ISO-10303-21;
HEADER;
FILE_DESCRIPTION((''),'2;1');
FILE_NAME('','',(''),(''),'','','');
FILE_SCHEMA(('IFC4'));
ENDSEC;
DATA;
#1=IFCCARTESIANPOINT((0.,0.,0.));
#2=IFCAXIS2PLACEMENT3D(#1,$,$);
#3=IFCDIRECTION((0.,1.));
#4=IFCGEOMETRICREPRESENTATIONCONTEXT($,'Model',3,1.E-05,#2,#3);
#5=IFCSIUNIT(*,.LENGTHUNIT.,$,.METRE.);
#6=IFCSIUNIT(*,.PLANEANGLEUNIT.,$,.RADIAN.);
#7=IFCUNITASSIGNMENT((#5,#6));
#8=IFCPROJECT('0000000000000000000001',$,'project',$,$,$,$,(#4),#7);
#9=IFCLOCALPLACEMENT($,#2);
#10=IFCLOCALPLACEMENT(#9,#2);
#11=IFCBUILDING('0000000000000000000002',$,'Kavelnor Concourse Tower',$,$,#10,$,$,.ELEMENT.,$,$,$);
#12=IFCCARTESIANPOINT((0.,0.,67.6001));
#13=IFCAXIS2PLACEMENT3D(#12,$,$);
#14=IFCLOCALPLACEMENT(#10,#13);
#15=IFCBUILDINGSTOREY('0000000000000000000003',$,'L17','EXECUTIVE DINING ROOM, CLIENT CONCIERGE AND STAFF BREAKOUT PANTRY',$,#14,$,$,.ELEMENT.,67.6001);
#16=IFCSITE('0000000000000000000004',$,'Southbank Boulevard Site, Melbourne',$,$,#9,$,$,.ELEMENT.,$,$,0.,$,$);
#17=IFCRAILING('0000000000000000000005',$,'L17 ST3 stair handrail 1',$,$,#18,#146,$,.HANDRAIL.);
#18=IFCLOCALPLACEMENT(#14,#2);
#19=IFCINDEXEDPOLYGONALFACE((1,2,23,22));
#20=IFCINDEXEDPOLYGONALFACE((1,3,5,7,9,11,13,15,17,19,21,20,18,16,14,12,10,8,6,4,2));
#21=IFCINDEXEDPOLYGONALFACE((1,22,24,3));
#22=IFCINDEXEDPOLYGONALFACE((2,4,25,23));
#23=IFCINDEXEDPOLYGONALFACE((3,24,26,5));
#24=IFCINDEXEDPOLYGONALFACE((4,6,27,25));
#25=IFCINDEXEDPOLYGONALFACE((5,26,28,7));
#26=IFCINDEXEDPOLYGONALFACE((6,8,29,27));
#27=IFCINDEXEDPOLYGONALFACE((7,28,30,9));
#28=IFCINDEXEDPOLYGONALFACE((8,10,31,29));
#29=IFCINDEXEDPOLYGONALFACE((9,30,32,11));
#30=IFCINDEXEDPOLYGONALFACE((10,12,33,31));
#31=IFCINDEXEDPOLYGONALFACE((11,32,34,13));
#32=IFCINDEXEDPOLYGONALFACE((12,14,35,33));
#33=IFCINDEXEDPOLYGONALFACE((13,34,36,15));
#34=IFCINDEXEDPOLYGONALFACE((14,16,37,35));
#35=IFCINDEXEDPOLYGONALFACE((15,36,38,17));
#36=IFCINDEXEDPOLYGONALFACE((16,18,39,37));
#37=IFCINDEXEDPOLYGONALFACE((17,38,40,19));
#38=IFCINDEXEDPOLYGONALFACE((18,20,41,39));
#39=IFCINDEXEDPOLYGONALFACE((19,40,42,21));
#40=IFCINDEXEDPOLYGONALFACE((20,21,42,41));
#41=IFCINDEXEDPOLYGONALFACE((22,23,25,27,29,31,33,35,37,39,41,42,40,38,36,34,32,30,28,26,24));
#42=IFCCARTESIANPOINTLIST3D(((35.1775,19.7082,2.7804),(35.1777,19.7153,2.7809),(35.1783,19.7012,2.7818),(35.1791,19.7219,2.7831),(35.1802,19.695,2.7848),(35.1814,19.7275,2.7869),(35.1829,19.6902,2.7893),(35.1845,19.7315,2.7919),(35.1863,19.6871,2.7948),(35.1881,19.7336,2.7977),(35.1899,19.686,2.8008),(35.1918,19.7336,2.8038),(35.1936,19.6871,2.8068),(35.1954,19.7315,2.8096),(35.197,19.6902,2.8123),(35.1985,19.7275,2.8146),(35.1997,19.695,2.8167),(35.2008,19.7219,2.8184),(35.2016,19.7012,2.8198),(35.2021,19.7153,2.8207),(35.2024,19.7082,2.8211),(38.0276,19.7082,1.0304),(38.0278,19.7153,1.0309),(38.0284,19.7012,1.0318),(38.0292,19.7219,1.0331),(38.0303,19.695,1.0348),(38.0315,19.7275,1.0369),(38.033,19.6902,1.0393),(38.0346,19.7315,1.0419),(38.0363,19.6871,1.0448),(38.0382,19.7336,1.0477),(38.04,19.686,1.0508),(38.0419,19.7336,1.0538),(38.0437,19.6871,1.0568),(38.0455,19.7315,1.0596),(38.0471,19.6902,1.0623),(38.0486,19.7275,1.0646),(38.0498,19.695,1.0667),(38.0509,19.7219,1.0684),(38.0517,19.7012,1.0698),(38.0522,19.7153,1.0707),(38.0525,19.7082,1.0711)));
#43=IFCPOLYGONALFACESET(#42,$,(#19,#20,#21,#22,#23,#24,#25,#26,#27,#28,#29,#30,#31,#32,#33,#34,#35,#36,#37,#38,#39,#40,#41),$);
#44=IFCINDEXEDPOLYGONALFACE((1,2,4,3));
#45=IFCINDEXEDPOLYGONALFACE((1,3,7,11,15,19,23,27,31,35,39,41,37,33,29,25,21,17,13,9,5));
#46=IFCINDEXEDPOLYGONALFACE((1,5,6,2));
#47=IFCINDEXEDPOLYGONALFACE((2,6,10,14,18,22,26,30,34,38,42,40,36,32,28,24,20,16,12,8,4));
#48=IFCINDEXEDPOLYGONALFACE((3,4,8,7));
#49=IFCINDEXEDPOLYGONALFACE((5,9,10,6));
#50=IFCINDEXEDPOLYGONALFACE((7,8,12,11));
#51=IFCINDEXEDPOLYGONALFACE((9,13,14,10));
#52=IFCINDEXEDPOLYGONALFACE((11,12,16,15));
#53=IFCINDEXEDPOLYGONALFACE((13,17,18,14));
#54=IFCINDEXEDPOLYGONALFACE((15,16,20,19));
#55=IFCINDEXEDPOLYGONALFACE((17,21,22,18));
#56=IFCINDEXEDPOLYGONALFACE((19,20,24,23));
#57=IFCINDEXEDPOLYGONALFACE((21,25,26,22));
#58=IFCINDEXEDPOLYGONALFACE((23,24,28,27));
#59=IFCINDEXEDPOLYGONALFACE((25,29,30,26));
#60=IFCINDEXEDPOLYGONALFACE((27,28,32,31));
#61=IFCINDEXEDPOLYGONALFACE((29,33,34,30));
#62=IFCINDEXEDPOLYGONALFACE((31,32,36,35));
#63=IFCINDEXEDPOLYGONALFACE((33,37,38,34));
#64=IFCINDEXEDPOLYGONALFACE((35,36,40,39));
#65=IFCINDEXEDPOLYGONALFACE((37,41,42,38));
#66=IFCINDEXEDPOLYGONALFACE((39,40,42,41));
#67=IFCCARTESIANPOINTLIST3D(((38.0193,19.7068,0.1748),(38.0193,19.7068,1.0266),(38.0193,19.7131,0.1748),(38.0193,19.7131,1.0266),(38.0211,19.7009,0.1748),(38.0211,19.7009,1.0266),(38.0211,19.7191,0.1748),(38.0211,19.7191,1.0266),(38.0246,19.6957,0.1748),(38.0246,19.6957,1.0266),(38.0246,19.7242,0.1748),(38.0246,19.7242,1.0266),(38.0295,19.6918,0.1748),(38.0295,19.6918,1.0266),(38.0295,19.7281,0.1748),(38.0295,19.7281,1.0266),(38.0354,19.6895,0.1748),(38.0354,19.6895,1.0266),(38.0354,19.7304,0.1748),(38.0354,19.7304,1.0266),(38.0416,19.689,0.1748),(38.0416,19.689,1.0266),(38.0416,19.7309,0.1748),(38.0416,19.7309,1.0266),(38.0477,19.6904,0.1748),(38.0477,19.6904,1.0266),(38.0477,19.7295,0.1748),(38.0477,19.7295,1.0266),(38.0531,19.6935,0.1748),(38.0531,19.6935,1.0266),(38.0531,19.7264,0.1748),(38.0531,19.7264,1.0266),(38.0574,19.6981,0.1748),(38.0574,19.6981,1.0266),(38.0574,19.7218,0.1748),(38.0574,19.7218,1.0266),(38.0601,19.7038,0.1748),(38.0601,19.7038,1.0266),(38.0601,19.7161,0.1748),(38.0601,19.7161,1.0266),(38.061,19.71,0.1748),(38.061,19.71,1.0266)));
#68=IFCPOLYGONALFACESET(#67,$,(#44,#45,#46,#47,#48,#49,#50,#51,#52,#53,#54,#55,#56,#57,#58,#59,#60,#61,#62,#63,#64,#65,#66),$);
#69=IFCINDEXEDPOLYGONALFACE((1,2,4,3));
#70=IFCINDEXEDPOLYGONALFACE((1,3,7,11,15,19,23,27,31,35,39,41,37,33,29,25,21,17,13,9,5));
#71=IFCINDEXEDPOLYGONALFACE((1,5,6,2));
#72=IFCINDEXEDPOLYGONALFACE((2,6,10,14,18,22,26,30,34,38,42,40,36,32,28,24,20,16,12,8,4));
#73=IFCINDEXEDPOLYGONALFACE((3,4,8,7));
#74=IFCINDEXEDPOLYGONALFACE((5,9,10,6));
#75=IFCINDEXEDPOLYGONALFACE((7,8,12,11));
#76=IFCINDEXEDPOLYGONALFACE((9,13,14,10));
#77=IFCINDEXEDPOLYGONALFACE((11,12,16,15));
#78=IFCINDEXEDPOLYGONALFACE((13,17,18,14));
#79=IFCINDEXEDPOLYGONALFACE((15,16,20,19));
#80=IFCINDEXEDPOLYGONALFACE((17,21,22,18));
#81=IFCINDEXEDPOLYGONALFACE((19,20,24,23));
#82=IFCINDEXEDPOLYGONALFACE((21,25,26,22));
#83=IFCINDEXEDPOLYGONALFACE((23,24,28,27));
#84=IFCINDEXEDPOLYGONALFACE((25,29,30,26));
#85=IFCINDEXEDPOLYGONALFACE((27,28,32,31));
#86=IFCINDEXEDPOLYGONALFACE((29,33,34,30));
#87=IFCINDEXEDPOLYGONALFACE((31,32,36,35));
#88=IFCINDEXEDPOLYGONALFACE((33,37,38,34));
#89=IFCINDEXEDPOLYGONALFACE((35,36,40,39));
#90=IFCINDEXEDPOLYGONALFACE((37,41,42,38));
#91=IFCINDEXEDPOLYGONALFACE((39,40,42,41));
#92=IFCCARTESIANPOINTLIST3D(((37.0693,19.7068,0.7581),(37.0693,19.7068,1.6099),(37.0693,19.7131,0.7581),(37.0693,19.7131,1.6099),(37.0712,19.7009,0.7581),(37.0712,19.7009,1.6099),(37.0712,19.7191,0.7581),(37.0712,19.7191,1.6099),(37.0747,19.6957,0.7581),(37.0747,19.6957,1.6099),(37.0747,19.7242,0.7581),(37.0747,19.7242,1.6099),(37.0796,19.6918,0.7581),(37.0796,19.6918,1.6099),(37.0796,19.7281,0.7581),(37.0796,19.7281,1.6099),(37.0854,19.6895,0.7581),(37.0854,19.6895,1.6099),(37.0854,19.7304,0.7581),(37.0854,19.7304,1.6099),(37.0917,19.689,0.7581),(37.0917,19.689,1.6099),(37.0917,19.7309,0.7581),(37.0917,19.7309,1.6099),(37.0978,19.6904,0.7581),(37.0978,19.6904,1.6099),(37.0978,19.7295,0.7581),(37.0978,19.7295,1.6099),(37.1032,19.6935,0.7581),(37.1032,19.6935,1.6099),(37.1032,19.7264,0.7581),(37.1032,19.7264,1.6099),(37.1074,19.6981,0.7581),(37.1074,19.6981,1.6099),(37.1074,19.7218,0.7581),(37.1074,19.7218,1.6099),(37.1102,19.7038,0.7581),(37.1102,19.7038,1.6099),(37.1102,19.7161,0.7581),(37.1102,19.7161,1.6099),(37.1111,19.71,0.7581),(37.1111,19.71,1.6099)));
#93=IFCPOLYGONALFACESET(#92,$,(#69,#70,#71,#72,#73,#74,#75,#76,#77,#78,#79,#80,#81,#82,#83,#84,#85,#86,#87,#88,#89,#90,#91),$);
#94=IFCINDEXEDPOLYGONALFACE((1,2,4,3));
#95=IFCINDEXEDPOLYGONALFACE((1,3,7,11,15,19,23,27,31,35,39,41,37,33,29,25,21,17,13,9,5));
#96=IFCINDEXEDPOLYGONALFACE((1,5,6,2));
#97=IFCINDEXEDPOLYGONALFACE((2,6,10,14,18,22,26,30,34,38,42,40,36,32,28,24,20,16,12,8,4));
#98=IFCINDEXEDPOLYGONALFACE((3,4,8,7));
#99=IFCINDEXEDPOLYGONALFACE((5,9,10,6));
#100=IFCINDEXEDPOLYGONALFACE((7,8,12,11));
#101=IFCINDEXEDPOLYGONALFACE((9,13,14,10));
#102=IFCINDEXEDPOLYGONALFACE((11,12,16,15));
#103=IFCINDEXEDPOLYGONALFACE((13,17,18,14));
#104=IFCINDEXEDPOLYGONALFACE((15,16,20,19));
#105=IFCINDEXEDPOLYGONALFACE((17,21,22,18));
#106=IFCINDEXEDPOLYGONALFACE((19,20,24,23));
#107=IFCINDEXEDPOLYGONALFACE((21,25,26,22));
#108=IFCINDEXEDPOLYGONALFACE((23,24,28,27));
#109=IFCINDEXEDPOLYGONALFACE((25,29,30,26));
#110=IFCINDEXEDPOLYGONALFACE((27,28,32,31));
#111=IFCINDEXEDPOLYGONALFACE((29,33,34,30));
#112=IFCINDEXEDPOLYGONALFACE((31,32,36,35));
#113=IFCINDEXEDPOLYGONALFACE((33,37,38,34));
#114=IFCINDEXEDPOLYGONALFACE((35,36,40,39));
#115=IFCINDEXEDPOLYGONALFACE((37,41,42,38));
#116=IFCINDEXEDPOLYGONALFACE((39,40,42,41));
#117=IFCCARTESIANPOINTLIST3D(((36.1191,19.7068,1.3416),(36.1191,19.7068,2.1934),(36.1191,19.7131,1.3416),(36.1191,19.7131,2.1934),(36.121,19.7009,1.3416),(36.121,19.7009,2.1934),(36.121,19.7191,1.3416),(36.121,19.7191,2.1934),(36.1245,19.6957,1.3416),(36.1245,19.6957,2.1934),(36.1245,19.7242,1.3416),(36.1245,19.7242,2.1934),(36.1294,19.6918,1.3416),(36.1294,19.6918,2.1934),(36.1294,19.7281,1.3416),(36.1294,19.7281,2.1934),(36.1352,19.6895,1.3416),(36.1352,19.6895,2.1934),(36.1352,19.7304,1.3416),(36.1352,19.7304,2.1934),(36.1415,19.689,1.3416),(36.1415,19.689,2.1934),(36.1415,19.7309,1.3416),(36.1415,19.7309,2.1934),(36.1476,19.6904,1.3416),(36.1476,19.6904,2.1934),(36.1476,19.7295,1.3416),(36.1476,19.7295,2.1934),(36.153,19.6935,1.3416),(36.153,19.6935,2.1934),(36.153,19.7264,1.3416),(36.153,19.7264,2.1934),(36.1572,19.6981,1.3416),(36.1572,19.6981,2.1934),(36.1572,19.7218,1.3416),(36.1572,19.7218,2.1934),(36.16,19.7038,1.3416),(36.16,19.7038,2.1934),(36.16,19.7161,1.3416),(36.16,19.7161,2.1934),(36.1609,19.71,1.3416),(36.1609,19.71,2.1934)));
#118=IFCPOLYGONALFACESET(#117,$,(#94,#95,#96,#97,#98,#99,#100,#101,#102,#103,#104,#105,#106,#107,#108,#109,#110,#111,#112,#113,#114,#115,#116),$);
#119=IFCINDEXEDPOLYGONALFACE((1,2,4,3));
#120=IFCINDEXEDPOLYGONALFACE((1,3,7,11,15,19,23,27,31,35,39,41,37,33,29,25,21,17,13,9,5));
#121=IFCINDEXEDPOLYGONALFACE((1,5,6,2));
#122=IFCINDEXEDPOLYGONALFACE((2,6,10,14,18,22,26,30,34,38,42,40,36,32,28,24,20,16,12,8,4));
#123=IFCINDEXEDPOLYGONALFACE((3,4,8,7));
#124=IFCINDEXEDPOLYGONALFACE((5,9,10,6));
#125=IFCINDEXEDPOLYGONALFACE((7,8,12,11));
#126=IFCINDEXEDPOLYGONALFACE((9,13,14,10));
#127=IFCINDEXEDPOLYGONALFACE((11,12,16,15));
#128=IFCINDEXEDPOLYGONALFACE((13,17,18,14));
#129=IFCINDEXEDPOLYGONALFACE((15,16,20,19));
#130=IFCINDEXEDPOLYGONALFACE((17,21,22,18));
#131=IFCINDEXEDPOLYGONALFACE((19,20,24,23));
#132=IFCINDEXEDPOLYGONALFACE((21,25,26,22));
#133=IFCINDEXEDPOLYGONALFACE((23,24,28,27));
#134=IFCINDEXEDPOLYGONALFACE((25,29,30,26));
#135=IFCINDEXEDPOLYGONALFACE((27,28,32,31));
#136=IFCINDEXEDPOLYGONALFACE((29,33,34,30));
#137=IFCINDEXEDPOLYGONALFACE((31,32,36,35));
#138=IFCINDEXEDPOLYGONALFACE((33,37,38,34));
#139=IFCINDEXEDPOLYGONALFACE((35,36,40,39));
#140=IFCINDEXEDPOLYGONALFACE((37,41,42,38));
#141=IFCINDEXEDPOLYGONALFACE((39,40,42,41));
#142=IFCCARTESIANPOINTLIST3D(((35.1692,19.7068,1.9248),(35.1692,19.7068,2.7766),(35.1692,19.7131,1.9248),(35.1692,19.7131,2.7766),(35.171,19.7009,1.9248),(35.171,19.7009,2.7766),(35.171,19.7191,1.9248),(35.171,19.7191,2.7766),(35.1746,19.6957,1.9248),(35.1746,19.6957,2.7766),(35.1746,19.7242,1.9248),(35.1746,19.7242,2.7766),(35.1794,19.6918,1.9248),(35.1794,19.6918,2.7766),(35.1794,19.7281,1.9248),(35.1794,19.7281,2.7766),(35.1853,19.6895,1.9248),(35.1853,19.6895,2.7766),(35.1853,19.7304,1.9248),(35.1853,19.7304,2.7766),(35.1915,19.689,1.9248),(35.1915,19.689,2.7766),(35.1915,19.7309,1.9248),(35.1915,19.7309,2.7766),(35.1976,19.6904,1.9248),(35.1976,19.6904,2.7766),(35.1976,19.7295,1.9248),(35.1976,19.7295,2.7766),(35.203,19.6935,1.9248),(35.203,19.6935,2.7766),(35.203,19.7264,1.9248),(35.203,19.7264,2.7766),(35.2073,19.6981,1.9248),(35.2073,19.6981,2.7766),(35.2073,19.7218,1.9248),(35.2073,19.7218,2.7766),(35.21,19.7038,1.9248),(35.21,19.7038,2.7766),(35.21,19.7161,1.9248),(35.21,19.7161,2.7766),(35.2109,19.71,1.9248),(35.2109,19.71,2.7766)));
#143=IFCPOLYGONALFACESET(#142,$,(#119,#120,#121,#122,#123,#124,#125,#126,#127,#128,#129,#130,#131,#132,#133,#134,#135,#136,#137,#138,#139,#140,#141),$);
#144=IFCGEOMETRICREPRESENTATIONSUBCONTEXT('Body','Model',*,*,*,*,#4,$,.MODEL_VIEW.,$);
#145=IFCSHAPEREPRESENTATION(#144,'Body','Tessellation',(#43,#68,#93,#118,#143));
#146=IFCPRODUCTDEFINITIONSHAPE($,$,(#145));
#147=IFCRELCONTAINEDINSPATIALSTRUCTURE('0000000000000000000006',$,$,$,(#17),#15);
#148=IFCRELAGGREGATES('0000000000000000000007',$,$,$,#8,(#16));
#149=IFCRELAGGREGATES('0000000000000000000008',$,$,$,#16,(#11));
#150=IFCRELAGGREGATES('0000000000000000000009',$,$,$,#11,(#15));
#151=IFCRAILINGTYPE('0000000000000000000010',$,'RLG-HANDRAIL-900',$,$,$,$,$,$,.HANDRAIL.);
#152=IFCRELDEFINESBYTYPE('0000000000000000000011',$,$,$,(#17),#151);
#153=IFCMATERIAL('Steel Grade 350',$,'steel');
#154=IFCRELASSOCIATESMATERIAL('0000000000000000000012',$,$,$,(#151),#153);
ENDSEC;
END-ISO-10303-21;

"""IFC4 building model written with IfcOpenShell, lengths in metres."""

from ifc_helpers import new_model, si_unit, direction, frame, origin, origin_2d, place, context, subcontext, project, spatial, circle, extrude, material, type_object, element, save


model = new_model("IFC4")

# Units and contexts
model_context = context("Model", 3, precision=1e-05, world=origin(), true_north=direction((0.0, 1.0)))
body_context = subcontext(model_context, "Body", "Model", "MODEL_VIEW")
ifc_project = project(units=[si_unit("LENGTHUNIT", "METRE"), si_unit("PLANEANGLEUNIT", "RADIAN")], contexts=[model_context])

# Site, building, storey
site_placement = place(None, origin())
site = spatial("IfcSite", under=ifc_project, at=site_placement, Name="Southbank Boulevard Site, Melbourne", CompositionType="ELEMENT", RefElevation=0.0)
building_placement = place(site_placement, origin())
building = spatial("IfcBuilding", under=site, at=building_placement, Name="Kavelnor Concourse Tower", CompositionType="ELEMENT")
storey_placement = place(building_placement, frame((0.0, 0.0, 67.6001)))
storey = spatial("IfcBuildingStorey", under=building, at=storey_placement, Name="L17", Description="EXECUTIVE DINING ROOM, CLIENT CONCIERGE AND STAFF BREAKOUT PANTRY", CompositionType="ELEMENT", Elevation=67.6001)

# Shared definitions
ifc_material_1 = material(Name="Steel Grade 350", Category="steel")

# Railing
railing_type_1 = type_object("IfcRailingType", Name="RLG-HANDRAIL-900", PredefinedType="HANDRAIL", material=ifc_material_1)
railing_1_placement = place(storey_placement, frame((38.04, 19.71, 0.1748)))
element("IfcRailing", 1, at=railing_1_placement, inside=storey, type_object=railing_type_1, Name="L17 ST3 stair handrail 1", PredefinedType="HANDRAIL", context=body_context, shape_type="SweptSolid", body=[
    extrude(circle(Radius=0.0239, at=origin_2d()), frame((0.0, 0.0, 0.876), z_axis=(-0.852179, 0.0, 0.52325), x_axis=(0.0, -1.0, 0.0)), (0.0, 0.0, 1.0), 3.3445),
    extrude(circle(Radius=0.021, at=origin_2d()), origin(), (0.0, 0.0, 1.0), 0.8518),
    extrude(circle(Radius=0.021, at=origin_2d()), frame((-0.95, 0.0, 0.5833)), (0.0, 0.0, 1.0), 0.8518),
    extrude(circle(Radius=0.021, at=origin_2d()), frame((-1.9001, 0.0, 1.1667)), (0.0, 0.0, 1.0), 0.8518),
    extrude(circle(Radius=0.021, at=origin_2d()), frame((-2.8501, 0.0, 1.75)), (0.0, 0.0, 1.0), 0.8518),
])

save(model, "model.ifc")
